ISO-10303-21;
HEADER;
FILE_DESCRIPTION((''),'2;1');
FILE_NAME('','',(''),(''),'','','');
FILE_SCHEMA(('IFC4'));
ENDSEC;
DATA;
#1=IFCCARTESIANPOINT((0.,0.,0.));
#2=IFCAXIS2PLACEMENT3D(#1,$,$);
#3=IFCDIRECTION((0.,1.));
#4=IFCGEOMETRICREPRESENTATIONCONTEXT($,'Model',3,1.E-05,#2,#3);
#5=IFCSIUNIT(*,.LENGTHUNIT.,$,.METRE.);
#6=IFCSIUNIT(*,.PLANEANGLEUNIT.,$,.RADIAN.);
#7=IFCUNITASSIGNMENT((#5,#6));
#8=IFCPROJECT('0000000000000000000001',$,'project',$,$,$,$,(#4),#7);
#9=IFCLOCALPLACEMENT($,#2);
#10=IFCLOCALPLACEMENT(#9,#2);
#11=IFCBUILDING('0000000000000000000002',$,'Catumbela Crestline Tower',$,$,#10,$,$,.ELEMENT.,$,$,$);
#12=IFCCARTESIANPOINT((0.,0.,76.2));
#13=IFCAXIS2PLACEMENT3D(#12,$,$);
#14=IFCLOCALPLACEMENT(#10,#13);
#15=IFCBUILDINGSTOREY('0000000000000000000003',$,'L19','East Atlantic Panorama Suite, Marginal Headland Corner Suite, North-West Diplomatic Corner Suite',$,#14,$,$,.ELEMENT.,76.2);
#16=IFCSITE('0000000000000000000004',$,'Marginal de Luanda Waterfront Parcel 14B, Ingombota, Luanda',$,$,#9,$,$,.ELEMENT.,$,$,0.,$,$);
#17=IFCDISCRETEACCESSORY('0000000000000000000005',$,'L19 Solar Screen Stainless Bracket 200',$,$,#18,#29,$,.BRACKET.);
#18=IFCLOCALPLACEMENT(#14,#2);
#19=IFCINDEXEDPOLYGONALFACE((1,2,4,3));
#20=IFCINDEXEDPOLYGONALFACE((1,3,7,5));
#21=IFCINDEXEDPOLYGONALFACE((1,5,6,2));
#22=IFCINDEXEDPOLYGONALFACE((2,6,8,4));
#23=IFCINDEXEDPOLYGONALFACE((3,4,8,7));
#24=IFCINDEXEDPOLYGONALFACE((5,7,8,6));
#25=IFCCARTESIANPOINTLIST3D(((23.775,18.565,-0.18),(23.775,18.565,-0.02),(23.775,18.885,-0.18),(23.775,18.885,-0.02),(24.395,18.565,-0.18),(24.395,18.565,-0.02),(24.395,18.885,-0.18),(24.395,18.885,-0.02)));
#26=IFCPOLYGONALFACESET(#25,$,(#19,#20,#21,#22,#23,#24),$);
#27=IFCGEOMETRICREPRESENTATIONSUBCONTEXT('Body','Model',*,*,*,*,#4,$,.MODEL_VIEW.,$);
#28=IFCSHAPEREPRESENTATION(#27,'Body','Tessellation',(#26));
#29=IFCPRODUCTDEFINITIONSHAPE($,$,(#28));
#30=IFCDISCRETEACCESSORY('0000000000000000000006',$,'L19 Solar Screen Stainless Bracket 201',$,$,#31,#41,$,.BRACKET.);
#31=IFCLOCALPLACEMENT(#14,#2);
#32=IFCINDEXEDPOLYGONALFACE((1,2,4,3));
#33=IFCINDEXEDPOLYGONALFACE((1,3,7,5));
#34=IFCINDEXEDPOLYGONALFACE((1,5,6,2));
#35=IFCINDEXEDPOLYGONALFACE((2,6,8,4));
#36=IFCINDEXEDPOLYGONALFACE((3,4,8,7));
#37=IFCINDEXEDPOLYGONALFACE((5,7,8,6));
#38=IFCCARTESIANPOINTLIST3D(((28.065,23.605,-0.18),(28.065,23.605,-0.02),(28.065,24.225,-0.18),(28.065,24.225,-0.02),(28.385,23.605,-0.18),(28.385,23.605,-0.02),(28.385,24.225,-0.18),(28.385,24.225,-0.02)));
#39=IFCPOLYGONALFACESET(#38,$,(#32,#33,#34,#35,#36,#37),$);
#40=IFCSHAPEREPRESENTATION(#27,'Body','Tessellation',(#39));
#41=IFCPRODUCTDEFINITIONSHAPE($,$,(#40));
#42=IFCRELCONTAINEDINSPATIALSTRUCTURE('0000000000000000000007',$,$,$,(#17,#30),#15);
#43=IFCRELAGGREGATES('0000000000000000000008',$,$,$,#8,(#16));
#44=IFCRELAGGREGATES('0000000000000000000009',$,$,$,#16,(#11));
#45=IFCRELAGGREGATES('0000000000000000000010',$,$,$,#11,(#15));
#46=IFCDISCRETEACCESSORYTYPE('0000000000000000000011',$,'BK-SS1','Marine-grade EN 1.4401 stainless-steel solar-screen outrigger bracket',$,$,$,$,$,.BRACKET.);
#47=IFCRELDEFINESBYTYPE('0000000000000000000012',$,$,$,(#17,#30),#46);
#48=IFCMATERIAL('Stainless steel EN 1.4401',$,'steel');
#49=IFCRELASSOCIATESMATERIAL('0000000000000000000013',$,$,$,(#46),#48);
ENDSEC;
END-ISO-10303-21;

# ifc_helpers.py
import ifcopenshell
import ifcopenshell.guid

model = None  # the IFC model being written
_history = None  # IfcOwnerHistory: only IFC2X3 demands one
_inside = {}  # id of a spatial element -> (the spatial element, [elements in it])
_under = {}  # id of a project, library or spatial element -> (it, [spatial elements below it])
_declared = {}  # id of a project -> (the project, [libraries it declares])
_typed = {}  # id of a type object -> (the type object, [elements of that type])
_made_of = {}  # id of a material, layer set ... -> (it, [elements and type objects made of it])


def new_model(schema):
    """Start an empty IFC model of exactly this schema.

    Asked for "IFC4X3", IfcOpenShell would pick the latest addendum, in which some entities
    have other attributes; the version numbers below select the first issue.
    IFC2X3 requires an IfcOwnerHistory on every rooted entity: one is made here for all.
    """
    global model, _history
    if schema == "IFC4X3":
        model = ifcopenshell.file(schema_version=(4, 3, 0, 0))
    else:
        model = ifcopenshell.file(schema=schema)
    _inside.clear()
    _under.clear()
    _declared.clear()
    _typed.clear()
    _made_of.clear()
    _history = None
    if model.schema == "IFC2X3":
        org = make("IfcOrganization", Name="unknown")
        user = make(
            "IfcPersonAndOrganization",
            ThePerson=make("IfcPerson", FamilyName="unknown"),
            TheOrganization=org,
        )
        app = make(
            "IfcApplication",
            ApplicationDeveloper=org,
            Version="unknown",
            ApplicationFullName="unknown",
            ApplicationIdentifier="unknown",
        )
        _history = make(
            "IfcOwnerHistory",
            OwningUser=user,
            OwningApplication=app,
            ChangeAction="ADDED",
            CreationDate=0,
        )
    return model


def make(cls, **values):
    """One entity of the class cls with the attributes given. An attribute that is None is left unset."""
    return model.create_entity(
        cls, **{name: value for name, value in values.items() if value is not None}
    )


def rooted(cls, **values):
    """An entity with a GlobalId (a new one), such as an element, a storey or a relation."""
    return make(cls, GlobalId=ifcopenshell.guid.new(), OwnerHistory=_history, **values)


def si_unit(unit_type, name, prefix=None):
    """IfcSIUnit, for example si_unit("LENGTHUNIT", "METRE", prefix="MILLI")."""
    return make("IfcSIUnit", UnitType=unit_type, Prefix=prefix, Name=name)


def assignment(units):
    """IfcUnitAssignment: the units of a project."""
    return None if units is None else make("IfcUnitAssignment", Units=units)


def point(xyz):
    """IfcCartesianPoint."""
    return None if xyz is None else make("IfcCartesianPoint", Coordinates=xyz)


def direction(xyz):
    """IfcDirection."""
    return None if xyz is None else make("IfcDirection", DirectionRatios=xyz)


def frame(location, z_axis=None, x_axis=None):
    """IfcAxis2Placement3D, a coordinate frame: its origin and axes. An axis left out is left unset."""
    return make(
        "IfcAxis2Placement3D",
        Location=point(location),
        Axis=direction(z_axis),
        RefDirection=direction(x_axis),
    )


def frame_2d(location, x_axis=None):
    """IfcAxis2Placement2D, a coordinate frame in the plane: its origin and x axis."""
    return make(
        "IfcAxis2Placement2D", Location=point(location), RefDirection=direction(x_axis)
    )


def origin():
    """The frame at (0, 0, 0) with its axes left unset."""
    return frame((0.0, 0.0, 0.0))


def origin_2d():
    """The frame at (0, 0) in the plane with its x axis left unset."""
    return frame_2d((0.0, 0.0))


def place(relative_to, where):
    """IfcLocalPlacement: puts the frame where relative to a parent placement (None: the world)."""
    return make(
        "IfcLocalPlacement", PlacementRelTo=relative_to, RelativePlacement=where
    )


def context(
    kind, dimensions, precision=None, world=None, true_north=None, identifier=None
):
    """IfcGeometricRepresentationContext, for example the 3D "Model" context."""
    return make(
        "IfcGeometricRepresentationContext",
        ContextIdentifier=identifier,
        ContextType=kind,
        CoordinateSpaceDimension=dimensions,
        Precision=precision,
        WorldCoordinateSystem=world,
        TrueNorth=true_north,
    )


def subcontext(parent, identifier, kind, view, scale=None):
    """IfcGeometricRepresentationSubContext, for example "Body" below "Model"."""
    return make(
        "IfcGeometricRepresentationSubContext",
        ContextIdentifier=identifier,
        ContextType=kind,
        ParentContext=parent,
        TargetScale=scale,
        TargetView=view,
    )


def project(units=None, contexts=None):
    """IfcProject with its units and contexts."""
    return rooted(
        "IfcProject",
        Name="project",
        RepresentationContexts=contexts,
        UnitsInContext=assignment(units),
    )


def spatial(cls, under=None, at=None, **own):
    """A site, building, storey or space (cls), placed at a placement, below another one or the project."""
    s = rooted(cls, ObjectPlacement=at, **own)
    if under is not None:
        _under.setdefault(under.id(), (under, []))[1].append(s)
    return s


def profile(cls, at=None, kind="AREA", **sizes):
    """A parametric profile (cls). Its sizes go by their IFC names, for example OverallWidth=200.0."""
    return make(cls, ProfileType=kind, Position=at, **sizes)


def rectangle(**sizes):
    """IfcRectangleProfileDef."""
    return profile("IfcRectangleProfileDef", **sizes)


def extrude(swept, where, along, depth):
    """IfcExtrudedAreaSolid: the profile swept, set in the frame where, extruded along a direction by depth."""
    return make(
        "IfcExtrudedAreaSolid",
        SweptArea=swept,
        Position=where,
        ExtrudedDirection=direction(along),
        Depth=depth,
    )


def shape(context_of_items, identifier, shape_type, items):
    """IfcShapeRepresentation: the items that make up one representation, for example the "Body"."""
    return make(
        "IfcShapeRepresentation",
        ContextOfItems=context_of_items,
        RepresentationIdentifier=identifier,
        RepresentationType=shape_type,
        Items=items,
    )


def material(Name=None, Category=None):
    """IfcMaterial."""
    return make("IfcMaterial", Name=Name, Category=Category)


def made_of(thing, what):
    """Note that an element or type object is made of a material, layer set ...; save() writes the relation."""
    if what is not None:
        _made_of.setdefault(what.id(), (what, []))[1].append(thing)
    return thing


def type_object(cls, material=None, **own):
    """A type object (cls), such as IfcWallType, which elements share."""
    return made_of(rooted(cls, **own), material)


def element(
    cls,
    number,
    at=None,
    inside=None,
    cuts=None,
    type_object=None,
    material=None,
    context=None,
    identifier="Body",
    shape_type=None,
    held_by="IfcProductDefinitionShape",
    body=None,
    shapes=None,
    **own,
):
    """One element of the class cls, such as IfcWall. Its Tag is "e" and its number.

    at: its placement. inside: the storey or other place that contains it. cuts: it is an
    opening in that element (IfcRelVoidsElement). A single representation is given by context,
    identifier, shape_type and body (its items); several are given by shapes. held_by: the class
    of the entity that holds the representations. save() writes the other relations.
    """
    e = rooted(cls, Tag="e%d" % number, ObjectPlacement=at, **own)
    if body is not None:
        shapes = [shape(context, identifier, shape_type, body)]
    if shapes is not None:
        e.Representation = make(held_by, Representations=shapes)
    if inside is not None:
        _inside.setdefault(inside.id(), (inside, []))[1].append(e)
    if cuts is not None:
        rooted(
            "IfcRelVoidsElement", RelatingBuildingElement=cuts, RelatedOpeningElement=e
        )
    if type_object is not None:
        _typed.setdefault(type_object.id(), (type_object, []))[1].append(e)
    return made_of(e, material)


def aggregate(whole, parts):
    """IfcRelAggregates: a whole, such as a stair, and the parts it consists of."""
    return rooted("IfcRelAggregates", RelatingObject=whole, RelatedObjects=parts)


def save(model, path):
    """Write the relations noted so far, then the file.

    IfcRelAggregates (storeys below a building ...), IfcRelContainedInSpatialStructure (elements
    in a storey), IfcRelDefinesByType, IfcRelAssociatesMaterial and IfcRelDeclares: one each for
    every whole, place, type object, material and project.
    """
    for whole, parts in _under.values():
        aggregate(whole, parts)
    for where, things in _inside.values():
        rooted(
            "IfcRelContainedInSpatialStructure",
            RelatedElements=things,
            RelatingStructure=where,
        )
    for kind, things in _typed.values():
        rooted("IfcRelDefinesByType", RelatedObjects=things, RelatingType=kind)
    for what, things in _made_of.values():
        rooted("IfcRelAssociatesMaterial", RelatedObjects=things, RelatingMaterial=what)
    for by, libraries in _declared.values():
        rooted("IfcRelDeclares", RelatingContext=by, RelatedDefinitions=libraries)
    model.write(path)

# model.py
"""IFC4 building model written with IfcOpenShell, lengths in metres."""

from ifc_helpers import new_model, si_unit, direction, frame, origin, origin_2d, place, context, subcontext, project, spatial, rectangle, extrude, material, type_object, element, save


model = new_model("IFC4")

# Units and contexts
model_context = context("Model", 3, precision=1e-05, world=origin(), true_north=direction((0.0, 1.0)))
body_context = subcontext(model_context, "Body", "Model", "MODEL_VIEW")
ifc_project = project(units=[si_unit("LENGTHUNIT", "METRE"), si_unit("PLANEANGLEUNIT", "RADIAN")], contexts=[model_context])

# Site, building, storey
site_placement = place(None, origin())
site = spatial("IfcSite", under=ifc_project, at=site_placement, Name="Marginal de Luanda Waterfront Parcel 14B, Ingombota, Luanda", CompositionType="ELEMENT", RefElevation=0.0)
building_placement = place(site_placement, origin())
building = spatial("IfcBuilding", under=site, at=building_placement, Name="Catumbela Crestline Tower", CompositionType="ELEMENT")
storey_placement = place(building_placement, frame((0.0, 0.0, 76.2)))
storey = spatial("IfcBuildingStorey", under=building, at=storey_placement, Name="L19", Description="East Atlantic Panorama Suite, Marginal Headland Corner Suite, North-West Diplomatic Corner Suite", CompositionType="ELEMENT", Elevation=76.2)

# Shared definitions
ifc_material_1 = material(Name="Stainless steel EN 1.4401", Category="steel")

# Discrete accessories
discrete_accessory_type = type_object("IfcDiscreteAccessoryType", Name="BK-SS1", Description="Marine-grade EN 1.4401 stainless-steel solar-screen outrigger bracket", PredefinedType="BRACKET", material=ifc_material_1)
for number, where, z_axis, x_axis, name in (
    (1, (24.085, 18.725, -0.18), (0.0, 0.0, 1.0), (0.0, 1.0, 0.0), "L19 Solar Screen Stainless Bracket 200"),
    (2, (28.225, 23.915, -0.18), (0.0, 0.0, 1.0), (1.0, 0.0, 0.0), "L19 Solar Screen Stainless Bracket 201"),
):
    element("IfcDiscreteAccessory", number, at=place(storey_placement, frame(where, z_axis=z_axis, x_axis=x_axis)), inside=storey, type_object=discrete_accessory_type, Name=name, PredefinedType="BRACKET", context=body_context, shape_type="SweptSolid", body=[
        extrude(rectangle(XDim=0.32, YDim=0.62, at=origin_2d()), origin(), (0.0, 0.0, 1.0), 0.16),
    ])

save(model, "model.ifc")
